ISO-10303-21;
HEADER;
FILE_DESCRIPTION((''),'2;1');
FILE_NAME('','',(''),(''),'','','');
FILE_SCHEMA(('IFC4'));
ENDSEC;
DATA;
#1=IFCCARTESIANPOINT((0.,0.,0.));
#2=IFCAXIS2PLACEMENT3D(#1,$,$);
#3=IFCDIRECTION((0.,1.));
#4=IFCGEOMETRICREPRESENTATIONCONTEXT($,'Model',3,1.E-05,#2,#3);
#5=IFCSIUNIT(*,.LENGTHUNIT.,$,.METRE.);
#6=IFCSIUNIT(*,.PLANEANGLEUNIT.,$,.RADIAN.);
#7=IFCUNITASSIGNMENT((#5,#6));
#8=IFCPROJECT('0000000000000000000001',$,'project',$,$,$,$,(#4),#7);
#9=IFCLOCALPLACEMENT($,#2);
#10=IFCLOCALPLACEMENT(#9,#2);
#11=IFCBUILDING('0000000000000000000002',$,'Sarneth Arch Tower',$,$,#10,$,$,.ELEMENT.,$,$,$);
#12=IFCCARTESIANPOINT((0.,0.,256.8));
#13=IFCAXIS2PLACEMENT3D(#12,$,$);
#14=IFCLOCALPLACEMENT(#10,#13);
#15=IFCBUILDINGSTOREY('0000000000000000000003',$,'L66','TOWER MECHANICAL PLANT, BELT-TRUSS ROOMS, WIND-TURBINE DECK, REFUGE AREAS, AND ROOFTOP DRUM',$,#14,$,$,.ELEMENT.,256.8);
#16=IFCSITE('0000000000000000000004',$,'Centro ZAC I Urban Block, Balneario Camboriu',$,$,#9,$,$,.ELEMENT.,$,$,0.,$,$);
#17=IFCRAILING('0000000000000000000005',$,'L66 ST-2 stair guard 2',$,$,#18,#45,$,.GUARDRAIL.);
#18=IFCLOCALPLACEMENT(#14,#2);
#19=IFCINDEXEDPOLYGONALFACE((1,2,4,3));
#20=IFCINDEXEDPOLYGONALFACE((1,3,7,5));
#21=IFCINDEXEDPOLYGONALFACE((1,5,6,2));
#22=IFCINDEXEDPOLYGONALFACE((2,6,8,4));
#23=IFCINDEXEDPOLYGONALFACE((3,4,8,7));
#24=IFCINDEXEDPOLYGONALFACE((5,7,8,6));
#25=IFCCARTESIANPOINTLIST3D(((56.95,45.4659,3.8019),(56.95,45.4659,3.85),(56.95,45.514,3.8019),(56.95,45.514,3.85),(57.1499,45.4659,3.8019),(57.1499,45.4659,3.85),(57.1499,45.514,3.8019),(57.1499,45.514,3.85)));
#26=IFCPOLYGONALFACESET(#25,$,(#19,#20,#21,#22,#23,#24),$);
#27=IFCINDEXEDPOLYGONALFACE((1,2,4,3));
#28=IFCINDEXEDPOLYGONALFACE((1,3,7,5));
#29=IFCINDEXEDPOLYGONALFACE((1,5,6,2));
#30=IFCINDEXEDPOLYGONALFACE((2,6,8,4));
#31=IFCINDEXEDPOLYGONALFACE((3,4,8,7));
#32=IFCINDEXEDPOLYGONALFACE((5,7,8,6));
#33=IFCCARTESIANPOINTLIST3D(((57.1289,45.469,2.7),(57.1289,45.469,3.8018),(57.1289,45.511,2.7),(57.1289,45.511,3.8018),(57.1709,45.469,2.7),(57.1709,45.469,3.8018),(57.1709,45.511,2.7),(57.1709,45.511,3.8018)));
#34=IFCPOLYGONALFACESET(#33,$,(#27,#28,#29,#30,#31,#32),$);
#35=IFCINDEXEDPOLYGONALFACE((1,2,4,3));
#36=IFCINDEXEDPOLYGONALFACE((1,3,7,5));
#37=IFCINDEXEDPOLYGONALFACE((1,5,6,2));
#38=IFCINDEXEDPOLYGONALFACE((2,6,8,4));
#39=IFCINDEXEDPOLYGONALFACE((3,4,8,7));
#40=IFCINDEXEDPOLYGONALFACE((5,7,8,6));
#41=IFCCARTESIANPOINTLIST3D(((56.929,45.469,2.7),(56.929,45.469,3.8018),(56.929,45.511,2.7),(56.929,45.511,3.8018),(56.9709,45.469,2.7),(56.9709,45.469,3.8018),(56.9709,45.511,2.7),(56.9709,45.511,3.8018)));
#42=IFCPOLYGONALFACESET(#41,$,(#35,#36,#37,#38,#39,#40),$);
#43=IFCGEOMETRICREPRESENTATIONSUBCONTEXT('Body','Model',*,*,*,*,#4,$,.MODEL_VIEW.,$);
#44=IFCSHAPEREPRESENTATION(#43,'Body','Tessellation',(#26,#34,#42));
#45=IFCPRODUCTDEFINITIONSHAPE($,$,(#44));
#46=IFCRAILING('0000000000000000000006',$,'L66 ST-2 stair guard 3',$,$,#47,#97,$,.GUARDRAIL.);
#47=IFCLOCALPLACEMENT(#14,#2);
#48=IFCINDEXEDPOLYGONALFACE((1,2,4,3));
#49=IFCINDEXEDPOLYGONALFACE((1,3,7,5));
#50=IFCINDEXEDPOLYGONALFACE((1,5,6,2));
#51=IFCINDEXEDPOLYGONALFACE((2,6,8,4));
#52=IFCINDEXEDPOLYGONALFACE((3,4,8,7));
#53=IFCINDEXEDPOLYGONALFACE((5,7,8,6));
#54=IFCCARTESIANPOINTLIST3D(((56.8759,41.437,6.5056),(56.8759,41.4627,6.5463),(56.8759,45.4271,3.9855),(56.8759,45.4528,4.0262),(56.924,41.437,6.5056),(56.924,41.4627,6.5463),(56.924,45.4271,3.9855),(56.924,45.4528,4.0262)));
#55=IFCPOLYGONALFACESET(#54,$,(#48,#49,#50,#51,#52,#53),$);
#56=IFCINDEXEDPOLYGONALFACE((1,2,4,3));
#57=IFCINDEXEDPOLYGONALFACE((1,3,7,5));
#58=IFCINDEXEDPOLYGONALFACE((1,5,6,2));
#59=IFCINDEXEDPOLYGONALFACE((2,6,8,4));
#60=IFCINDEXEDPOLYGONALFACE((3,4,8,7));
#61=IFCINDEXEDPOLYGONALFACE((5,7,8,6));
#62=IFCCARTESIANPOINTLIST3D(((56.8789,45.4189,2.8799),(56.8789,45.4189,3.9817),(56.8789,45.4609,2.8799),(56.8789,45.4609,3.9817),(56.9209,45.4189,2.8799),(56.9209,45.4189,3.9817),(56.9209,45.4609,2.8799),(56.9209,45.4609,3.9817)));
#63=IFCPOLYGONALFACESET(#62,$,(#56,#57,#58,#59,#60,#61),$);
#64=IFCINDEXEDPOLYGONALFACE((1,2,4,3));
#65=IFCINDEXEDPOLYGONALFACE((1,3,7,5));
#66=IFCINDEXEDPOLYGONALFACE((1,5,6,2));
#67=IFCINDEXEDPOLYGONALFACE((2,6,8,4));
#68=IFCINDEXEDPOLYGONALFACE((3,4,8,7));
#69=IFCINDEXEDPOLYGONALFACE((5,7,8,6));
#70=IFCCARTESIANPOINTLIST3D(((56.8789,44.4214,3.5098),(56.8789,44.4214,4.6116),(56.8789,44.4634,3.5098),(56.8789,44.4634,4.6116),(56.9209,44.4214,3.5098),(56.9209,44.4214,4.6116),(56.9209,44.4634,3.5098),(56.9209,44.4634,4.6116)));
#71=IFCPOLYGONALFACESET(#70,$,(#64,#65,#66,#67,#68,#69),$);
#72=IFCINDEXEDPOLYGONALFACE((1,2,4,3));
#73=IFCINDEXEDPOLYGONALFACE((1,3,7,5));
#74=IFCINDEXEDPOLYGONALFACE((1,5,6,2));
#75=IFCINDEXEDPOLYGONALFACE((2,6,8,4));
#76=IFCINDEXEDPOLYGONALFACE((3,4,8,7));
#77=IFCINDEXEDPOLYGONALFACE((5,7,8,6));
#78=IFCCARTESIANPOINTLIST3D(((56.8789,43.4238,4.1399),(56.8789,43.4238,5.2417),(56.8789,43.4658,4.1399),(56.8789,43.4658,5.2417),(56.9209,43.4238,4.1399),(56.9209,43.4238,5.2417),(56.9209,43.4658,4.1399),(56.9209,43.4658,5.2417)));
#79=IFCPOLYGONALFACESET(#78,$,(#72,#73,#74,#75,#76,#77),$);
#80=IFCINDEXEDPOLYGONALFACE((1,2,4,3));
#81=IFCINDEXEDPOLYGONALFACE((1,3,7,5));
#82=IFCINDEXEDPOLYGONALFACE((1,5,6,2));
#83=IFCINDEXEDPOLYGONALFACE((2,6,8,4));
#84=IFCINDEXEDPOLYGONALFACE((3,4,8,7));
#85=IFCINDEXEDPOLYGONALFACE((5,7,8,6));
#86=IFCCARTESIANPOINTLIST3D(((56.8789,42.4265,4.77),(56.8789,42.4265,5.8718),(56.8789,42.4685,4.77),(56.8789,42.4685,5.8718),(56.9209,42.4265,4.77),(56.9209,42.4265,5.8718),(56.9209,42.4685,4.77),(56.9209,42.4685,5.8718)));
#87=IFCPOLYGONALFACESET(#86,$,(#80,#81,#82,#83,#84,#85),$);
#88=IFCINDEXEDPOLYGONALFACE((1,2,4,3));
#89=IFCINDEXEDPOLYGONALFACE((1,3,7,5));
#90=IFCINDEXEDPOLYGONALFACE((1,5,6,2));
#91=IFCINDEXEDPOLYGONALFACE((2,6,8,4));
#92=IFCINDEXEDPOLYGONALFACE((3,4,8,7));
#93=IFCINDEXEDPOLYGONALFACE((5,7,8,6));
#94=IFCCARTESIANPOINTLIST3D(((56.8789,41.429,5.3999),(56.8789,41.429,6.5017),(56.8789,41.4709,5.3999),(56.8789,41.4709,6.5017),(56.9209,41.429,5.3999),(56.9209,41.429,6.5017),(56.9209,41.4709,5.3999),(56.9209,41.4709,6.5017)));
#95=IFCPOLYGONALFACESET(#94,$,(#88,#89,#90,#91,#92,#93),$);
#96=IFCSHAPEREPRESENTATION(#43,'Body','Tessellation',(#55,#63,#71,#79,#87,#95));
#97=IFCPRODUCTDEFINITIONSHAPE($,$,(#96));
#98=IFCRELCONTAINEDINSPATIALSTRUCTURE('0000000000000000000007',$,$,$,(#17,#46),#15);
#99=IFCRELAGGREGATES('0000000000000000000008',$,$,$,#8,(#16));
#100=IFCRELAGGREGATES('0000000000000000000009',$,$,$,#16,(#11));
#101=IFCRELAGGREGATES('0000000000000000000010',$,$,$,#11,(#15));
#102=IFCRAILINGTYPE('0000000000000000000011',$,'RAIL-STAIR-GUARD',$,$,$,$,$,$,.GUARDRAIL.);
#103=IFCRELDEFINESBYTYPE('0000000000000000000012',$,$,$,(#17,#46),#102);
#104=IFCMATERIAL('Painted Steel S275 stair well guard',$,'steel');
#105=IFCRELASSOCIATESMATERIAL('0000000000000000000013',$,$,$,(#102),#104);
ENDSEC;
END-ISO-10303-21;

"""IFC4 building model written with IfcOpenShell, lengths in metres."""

from ifc_helpers import new_model, si_unit, direction, frame, origin, origin_2d, place, context, subcontext, project, spatial, rectangle, extrude, material, type_object, element, save


model = new_model("IFC4")

# Units and contexts
model_context = context("Model", 3, precision=1e-05, world=origin(), true_north=direction((0.0, 1.0)))
body_context = subcontext(model_context, "Body", "Model", "MODEL_VIEW")
ifc_project = project(units=[si_unit("LENGTHUNIT", "METRE"), si_unit("PLANEANGLEUNIT", "RADIAN")], contexts=[model_context])

# Site, building, storey
site_placement = place(None, origin())
site = spatial("IfcSite", under=ifc_project, at=site_placement, Name="Centro ZAC I Urban Block, Balneario Camboriu", CompositionType="ELEMENT", RefElevation=0.0)
building_placement = place(site_placement, origin())
building = spatial("IfcBuilding", under=site, at=building_placement, Name="Sarneth Arch Tower", CompositionType="ELEMENT")
storey_placement = place(building_placement, frame((0.0, 0.0, 256.8)))
storey = spatial("IfcBuildingStorey", under=building, at=storey_placement, Name="L66", Description="TOWER MECHANICAL PLANT, BELT-TRUSS ROOMS, WIND-TURBINE DECK, REFUGE AREAS, AND ROOFTOP DRUM", CompositionType="ELEMENT", Elevation=256.8)

# Railings
ifc_material_1 = material(Name="Painted Steel S275 stair well guard", Category="steel")
railing_type_1 = type_object("IfcRailingType", Name="RAIL-STAIR-GUARD", PredefinedType="GUARDRAIL", material=ifc_material_1)
railing_1_placement = place(storey_placement, frame((57.1499, 45.49, 2.7)))
element("IfcRailing", 1, at=railing_1_placement, inside=storey, type_object=railing_type_1, Name="L66 ST-2 stair guard 2", PredefinedType="GUARDRAIL", context=body_context, shape_type="SweptSolid", body=[
    extrude(rectangle(XDim=0.0481, YDim=0.0481, at=origin_2d()), frame((0.0, 0.0, 1.126), z_axis=(-1.0, 0.0, 0.0), x_axis=(0.0, -1.0, 0.0)), (0.0, 0.0, 1.0), 0.2),
    extrude(rectangle(XDim=0.042, YDim=0.042, at=origin_2d()), origin(), (0.0, 0.0, 1.0), 1.1018),
    extrude(rectangle(XDim=0.042, YDim=0.042, at=origin_2d()), frame((-0.2, 0.0, 0.0)), (0.0, 0.0, 1.0), 1.1018),
])
railing_2_placement = place(storey_placement, frame((56.8999, 45.4399, 2.8799)))
element("IfcRailing", 2, at=railing_2_placement, inside=storey, type_object=railing_type_1, Name="L66 ST-2 stair guard 3", PredefinedType="GUARDRAIL", context=body_context, shape_type="SweptSolid", body=[
    extrude(rectangle(XDim=0.0481, YDim=0.0481, at=origin_2d()), frame((0.0, 0.0, 1.126), z_axis=(0.0, -0.845486, 0.533997), x_axis=(1.0, 0.0, 0.0)), (0.0, 0.0, 1.0), 4.7192),
    extrude(rectangle(XDim=0.042, YDim=0.042, at=origin_2d()), origin(), (0.0, 0.0, 1.0), 1.1018),
    extrude(rectangle(XDim=0.042, YDim=0.042, at=origin_2d()), frame((0.0, -0.9976, 0.6299)), (0.0, 0.0, 1.0), 1.1018),
    extrude(rectangle(XDim=0.042, YDim=0.042, at=origin_2d()), frame((0.0, -1.9951, 1.26)), (0.0, 0.0, 1.0), 1.1018),
    extrude(rectangle(XDim=0.042, YDim=0.042, at=origin_2d()), frame((0.0, -2.9924, 1.8901)), (0.0, 0.0, 1.0), 1.1018),
    extrude(rectangle(XDim=0.042, YDim=0.042, at=origin_2d()), frame((0.0, -3.99, 2.52)), (0.0, 0.0, 1.0), 1.1018),
])

save(model, "model.ifc")
